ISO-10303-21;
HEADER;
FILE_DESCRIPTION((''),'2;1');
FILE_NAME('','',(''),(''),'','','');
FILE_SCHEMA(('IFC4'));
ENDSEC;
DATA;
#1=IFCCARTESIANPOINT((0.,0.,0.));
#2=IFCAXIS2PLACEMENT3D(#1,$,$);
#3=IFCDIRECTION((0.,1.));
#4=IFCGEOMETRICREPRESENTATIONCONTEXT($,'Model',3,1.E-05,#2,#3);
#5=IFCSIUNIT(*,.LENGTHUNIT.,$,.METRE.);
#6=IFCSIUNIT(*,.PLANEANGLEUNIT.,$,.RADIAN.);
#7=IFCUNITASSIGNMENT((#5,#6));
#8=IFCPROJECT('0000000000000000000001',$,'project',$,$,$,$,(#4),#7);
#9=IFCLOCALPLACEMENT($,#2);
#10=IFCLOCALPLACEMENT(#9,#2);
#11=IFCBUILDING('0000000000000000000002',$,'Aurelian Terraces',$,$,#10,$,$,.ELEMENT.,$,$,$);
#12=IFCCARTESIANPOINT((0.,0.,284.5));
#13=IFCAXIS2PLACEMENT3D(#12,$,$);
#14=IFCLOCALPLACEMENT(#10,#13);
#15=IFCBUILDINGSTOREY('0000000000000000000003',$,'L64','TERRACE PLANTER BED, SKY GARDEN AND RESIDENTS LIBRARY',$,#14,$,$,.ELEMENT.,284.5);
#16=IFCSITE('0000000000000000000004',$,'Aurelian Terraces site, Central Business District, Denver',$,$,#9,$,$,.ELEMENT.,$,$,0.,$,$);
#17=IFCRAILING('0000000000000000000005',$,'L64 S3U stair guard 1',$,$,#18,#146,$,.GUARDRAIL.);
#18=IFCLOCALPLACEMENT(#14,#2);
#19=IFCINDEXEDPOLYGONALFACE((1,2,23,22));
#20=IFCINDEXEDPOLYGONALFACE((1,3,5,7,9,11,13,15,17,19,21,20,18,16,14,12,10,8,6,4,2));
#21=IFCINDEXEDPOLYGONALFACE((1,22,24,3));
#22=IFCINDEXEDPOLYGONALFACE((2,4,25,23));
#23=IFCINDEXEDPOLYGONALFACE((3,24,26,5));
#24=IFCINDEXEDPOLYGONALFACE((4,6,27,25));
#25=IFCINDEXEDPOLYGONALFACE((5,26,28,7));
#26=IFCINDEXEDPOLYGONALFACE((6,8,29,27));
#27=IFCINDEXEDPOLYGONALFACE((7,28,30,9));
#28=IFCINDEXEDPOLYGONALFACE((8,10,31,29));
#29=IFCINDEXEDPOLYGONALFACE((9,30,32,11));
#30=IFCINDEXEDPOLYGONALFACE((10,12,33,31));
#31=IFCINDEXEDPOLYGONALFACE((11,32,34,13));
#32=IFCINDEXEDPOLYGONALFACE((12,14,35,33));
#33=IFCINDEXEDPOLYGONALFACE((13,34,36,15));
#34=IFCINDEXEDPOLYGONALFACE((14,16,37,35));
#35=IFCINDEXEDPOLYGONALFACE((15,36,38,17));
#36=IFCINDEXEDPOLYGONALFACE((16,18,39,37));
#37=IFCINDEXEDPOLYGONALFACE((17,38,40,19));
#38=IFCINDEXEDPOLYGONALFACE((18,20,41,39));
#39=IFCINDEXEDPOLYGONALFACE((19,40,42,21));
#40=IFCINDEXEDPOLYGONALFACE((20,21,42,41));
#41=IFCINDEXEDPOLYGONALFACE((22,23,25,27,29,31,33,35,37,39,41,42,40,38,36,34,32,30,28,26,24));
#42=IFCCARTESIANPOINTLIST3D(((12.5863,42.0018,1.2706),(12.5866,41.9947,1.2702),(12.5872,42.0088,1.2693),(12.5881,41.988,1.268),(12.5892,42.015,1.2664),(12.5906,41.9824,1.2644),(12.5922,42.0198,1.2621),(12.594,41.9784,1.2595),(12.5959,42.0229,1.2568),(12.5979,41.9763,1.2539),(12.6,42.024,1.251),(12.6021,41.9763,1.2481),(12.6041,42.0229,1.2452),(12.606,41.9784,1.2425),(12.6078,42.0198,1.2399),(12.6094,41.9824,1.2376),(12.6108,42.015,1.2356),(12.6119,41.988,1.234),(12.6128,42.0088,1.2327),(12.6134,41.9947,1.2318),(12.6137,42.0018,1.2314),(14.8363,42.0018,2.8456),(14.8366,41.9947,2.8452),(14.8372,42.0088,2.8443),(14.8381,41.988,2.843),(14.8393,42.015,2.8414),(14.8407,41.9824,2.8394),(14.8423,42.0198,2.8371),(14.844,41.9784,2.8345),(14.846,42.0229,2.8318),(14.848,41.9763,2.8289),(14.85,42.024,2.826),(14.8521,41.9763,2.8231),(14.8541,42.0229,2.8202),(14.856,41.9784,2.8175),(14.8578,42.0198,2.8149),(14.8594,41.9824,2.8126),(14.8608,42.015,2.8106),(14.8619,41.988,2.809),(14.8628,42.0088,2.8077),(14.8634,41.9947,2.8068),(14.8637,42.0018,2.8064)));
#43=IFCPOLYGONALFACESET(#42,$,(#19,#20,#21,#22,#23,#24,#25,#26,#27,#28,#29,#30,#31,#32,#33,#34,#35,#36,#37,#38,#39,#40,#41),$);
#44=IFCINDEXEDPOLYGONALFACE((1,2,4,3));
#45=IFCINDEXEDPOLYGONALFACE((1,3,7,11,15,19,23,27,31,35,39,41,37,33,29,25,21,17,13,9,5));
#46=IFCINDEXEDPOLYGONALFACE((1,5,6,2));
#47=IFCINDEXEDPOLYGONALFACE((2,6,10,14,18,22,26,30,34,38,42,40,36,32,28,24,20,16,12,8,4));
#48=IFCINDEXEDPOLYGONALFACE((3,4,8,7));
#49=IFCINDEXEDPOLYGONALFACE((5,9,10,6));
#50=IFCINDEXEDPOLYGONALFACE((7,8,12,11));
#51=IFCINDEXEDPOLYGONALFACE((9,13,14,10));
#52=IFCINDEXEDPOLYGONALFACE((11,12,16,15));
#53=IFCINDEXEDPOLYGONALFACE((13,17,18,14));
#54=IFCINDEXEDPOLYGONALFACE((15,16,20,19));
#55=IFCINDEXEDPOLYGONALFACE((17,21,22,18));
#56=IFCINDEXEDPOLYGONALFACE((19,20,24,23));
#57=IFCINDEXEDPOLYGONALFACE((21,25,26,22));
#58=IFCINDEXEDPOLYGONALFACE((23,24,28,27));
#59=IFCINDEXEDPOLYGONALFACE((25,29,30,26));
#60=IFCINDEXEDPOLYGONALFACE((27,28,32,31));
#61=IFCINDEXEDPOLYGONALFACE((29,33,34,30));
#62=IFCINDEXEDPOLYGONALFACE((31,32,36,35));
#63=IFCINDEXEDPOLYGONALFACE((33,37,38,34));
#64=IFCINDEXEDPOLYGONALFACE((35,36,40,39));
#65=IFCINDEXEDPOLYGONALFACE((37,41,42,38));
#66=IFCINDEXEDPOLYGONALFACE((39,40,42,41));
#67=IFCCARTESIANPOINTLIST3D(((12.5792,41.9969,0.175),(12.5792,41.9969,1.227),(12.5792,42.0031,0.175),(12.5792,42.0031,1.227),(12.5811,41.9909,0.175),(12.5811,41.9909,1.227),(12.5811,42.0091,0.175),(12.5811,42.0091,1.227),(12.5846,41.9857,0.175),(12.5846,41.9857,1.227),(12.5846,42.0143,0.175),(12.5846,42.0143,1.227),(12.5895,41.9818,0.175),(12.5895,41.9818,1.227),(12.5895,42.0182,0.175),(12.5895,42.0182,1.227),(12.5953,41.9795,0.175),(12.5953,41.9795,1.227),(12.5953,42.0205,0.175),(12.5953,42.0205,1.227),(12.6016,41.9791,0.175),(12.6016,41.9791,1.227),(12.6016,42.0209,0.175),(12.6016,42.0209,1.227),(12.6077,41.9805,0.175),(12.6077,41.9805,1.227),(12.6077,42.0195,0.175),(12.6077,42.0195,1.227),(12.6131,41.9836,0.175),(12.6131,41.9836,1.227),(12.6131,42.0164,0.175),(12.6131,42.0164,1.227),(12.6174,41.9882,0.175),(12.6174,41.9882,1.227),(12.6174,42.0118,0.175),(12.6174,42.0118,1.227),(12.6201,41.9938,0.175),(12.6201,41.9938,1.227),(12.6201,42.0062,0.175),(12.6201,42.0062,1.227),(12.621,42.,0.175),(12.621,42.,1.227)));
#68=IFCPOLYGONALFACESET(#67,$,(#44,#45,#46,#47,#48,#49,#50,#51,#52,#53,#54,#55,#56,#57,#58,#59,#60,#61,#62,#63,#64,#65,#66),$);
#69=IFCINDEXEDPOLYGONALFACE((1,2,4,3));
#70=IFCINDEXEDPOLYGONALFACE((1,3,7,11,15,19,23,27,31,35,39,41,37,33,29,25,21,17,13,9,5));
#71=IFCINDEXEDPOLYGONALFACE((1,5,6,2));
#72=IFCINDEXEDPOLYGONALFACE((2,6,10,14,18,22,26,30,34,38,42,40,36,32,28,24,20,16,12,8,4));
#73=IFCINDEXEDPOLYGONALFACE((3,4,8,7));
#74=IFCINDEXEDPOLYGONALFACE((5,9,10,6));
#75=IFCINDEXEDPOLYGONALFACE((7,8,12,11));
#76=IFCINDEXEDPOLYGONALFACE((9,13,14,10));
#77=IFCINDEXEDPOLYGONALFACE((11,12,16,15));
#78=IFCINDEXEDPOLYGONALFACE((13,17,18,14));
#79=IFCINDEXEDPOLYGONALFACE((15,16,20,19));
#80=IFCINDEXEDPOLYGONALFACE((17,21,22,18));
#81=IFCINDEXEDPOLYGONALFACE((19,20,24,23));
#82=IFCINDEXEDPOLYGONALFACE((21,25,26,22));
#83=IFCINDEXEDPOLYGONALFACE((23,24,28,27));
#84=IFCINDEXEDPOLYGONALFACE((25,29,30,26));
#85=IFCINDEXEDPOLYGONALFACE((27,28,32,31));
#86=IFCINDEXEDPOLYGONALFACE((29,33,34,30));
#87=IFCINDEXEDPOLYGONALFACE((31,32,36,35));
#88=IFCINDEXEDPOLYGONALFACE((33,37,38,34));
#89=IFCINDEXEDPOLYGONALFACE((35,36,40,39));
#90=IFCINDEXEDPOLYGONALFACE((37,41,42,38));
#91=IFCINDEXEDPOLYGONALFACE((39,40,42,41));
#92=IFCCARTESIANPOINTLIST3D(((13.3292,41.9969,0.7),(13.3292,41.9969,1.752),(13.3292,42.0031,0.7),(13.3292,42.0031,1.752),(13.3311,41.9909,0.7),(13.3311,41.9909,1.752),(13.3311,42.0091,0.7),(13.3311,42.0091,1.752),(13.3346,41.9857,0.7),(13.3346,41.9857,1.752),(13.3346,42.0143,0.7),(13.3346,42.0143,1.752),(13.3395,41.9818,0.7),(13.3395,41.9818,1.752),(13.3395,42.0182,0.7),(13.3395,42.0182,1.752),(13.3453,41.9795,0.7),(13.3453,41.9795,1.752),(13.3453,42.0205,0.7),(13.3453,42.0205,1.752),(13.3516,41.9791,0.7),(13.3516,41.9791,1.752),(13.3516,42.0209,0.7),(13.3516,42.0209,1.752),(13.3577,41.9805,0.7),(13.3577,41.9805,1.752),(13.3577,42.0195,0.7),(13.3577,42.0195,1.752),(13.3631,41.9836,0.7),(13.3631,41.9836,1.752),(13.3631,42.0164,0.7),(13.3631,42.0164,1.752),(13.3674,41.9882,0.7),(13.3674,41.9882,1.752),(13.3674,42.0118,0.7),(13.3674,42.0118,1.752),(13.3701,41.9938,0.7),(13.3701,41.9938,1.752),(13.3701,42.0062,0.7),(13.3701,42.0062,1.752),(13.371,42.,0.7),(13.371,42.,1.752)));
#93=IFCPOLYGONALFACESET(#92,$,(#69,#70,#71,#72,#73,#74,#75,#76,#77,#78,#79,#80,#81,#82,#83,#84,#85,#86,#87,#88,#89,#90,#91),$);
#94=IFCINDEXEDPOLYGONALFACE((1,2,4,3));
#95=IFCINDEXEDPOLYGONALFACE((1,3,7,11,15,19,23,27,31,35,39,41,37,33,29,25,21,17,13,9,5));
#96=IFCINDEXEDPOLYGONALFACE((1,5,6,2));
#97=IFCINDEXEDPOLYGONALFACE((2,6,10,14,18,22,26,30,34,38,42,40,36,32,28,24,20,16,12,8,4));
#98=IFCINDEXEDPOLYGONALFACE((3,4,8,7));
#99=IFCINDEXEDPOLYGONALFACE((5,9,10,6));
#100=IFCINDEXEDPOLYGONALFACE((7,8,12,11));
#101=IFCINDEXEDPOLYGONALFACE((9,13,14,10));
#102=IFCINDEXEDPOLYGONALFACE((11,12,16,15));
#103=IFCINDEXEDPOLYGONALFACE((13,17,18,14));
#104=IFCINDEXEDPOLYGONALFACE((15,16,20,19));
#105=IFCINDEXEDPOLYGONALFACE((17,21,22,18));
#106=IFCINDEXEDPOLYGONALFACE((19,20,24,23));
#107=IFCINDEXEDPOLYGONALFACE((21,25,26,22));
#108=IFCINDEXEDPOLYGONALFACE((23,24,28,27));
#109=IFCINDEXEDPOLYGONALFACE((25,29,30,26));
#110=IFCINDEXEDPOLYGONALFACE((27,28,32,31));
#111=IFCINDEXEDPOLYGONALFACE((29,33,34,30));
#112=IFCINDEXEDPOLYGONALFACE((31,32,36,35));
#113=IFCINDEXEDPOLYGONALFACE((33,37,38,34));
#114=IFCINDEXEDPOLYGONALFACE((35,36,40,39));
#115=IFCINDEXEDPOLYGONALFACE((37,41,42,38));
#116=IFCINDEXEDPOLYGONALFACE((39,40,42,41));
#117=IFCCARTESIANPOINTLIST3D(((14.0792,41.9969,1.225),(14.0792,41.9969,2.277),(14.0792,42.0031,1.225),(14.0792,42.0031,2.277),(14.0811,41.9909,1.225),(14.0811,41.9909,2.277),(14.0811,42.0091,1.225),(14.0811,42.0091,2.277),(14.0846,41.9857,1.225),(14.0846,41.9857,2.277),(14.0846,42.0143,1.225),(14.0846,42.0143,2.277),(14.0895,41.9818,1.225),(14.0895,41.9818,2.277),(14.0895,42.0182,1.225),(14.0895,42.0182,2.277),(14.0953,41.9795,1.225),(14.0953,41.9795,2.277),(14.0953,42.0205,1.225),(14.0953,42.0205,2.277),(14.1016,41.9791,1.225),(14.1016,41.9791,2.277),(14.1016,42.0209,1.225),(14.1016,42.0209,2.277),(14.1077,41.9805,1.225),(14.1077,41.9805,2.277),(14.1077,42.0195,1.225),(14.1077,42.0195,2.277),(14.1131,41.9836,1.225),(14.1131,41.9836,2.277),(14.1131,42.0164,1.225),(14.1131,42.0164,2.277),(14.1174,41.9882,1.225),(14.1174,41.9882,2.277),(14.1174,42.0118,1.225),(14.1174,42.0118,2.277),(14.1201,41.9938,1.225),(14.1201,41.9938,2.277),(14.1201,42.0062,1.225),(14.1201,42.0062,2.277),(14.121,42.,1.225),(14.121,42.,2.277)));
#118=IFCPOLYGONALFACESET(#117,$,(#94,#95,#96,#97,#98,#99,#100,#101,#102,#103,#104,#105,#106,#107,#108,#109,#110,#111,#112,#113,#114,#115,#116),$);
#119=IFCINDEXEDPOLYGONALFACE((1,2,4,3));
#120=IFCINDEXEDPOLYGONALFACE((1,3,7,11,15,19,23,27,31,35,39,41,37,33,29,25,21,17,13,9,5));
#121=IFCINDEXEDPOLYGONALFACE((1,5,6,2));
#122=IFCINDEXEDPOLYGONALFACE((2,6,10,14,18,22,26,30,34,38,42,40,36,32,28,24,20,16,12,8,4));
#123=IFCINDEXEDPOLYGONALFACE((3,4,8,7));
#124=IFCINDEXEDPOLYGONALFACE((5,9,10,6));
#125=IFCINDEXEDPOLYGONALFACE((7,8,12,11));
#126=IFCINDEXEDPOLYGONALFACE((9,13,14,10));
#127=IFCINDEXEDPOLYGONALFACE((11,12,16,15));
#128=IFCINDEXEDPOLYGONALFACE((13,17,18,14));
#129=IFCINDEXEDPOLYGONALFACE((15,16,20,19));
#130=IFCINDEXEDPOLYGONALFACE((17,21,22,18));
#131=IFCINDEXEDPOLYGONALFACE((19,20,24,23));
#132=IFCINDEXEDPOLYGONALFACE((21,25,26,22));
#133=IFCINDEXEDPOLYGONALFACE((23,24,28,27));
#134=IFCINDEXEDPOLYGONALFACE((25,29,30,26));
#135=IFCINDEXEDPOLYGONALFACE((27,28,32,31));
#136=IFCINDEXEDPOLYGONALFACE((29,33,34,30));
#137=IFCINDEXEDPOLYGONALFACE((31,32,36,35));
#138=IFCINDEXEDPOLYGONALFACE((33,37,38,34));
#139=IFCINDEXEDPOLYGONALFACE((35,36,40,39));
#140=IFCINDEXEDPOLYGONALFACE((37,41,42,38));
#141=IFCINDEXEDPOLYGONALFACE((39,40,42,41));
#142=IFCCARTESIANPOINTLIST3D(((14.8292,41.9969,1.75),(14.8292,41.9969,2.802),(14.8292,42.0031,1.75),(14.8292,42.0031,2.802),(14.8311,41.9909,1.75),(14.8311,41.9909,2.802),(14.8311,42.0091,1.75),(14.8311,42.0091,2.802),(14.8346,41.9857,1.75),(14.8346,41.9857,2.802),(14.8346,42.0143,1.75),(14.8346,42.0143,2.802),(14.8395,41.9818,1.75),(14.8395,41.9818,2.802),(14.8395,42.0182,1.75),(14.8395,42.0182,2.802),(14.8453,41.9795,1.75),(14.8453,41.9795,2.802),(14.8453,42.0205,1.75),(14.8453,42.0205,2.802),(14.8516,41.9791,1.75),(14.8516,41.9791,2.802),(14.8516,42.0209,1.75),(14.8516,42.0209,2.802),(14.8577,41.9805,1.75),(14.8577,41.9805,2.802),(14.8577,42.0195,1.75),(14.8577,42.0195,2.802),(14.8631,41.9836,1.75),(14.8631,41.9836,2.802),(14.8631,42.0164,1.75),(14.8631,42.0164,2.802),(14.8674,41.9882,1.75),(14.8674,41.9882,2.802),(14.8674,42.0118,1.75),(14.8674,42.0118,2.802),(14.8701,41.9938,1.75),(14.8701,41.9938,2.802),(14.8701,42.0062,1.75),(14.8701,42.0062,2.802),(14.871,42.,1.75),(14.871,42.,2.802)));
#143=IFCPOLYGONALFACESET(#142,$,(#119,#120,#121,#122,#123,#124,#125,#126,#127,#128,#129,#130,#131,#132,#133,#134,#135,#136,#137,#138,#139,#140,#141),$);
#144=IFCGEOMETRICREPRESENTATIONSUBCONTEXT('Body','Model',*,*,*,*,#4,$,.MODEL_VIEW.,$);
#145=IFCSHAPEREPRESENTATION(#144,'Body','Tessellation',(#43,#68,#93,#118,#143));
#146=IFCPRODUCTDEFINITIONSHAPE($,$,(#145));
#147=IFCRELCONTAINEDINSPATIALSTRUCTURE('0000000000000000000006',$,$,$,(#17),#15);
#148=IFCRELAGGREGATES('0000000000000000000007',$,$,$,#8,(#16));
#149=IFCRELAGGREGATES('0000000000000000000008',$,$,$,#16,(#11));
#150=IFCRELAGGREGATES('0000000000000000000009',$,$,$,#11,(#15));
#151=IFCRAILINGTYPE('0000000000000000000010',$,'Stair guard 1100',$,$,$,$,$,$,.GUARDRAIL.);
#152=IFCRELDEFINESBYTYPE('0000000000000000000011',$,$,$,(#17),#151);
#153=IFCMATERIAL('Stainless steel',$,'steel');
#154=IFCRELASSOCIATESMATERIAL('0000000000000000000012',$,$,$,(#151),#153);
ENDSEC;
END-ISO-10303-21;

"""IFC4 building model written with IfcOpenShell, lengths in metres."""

from ifc_helpers import new_model, si_unit, direction, frame, origin, origin_2d, place, context, subcontext, project, spatial, circle, extrude, material, type_object, element, save


model = new_model("IFC4")

# Units and contexts
model_context = context("Model", 3, precision=1e-05, world=origin(), true_north=direction((0.0, 1.0)))
body_context = subcontext(model_context, "Body", "Model", "MODEL_VIEW")
ifc_project = project(units=[si_unit("LENGTHUNIT", "METRE"), si_unit("PLANEANGLEUNIT", "RADIAN")], contexts=[model_context])

# Site, building, storey
site_placement = place(None, origin())
site = spatial("IfcSite", under=ifc_project, at=site_placement, Name="Aurelian Terraces site, Central Business District, Denver", CompositionType="ELEMENT", RefElevation=0.0)
building_placement = place(site_placement, origin())
building = spatial("IfcBuilding", under=site, at=building_placement, Name="Aurelian Terraces", CompositionType="ELEMENT")
storey_placement = place(building_placement, frame((0.0, 0.0, 284.5)))
storey = spatial("IfcBuildingStorey", under=building, at=storey_placement, Name="L64", Description="TERRACE PLANTER BED, SKY GARDEN AND RESIDENTS LIBRARY", CompositionType="ELEMENT", Elevation=284.5)

# Railing
ifc_material_1 = material(Name="Stainless steel", Category="steel")
railing_type_1 = type_object("IfcRailingType", Name="Stair guard 1100", PredefinedType="GUARDRAIL", material=ifc_material_1)
railing_1_placement = place(storey_placement, frame((12.6, 42.0, 0.175)))
element("IfcRailing", 1, at=railing_1_placement, inside=storey, type_object=railing_type_1, Name="L64 S3U stair guard 1", PredefinedType="GUARDRAIL", context=body_context, shape_type="SweptSolid", body=[
    extrude(circle(Radius=0.024, at=origin_2d()), frame((0.0, 0.0, 1.076), z_axis=(0.819232, 0.0, 0.573462), x_axis=(0.0, 1.0, 0.0)), (0.0, 0.0, 1.0), 2.7465),
    extrude(circle(Radius=0.021, at=origin_2d()), origin(), (0.0, 0.0, 1.0), 1.052),
    extrude(circle(Radius=0.021, at=origin_2d()), frame((0.75, 0.0, 0.525)), (0.0, 0.0, 1.0), 1.052),
    extrude(circle(Radius=0.021, at=origin_2d()), frame((1.5, 0.0, 1.05)), (0.0, 0.0, 1.0), 1.052),
    extrude(circle(Radius=0.021, at=origin_2d()), frame((2.25, 0.0, 1.575)), (0.0, 0.0, 1.0), 1.052),
])

save(model, "model.ifc")
